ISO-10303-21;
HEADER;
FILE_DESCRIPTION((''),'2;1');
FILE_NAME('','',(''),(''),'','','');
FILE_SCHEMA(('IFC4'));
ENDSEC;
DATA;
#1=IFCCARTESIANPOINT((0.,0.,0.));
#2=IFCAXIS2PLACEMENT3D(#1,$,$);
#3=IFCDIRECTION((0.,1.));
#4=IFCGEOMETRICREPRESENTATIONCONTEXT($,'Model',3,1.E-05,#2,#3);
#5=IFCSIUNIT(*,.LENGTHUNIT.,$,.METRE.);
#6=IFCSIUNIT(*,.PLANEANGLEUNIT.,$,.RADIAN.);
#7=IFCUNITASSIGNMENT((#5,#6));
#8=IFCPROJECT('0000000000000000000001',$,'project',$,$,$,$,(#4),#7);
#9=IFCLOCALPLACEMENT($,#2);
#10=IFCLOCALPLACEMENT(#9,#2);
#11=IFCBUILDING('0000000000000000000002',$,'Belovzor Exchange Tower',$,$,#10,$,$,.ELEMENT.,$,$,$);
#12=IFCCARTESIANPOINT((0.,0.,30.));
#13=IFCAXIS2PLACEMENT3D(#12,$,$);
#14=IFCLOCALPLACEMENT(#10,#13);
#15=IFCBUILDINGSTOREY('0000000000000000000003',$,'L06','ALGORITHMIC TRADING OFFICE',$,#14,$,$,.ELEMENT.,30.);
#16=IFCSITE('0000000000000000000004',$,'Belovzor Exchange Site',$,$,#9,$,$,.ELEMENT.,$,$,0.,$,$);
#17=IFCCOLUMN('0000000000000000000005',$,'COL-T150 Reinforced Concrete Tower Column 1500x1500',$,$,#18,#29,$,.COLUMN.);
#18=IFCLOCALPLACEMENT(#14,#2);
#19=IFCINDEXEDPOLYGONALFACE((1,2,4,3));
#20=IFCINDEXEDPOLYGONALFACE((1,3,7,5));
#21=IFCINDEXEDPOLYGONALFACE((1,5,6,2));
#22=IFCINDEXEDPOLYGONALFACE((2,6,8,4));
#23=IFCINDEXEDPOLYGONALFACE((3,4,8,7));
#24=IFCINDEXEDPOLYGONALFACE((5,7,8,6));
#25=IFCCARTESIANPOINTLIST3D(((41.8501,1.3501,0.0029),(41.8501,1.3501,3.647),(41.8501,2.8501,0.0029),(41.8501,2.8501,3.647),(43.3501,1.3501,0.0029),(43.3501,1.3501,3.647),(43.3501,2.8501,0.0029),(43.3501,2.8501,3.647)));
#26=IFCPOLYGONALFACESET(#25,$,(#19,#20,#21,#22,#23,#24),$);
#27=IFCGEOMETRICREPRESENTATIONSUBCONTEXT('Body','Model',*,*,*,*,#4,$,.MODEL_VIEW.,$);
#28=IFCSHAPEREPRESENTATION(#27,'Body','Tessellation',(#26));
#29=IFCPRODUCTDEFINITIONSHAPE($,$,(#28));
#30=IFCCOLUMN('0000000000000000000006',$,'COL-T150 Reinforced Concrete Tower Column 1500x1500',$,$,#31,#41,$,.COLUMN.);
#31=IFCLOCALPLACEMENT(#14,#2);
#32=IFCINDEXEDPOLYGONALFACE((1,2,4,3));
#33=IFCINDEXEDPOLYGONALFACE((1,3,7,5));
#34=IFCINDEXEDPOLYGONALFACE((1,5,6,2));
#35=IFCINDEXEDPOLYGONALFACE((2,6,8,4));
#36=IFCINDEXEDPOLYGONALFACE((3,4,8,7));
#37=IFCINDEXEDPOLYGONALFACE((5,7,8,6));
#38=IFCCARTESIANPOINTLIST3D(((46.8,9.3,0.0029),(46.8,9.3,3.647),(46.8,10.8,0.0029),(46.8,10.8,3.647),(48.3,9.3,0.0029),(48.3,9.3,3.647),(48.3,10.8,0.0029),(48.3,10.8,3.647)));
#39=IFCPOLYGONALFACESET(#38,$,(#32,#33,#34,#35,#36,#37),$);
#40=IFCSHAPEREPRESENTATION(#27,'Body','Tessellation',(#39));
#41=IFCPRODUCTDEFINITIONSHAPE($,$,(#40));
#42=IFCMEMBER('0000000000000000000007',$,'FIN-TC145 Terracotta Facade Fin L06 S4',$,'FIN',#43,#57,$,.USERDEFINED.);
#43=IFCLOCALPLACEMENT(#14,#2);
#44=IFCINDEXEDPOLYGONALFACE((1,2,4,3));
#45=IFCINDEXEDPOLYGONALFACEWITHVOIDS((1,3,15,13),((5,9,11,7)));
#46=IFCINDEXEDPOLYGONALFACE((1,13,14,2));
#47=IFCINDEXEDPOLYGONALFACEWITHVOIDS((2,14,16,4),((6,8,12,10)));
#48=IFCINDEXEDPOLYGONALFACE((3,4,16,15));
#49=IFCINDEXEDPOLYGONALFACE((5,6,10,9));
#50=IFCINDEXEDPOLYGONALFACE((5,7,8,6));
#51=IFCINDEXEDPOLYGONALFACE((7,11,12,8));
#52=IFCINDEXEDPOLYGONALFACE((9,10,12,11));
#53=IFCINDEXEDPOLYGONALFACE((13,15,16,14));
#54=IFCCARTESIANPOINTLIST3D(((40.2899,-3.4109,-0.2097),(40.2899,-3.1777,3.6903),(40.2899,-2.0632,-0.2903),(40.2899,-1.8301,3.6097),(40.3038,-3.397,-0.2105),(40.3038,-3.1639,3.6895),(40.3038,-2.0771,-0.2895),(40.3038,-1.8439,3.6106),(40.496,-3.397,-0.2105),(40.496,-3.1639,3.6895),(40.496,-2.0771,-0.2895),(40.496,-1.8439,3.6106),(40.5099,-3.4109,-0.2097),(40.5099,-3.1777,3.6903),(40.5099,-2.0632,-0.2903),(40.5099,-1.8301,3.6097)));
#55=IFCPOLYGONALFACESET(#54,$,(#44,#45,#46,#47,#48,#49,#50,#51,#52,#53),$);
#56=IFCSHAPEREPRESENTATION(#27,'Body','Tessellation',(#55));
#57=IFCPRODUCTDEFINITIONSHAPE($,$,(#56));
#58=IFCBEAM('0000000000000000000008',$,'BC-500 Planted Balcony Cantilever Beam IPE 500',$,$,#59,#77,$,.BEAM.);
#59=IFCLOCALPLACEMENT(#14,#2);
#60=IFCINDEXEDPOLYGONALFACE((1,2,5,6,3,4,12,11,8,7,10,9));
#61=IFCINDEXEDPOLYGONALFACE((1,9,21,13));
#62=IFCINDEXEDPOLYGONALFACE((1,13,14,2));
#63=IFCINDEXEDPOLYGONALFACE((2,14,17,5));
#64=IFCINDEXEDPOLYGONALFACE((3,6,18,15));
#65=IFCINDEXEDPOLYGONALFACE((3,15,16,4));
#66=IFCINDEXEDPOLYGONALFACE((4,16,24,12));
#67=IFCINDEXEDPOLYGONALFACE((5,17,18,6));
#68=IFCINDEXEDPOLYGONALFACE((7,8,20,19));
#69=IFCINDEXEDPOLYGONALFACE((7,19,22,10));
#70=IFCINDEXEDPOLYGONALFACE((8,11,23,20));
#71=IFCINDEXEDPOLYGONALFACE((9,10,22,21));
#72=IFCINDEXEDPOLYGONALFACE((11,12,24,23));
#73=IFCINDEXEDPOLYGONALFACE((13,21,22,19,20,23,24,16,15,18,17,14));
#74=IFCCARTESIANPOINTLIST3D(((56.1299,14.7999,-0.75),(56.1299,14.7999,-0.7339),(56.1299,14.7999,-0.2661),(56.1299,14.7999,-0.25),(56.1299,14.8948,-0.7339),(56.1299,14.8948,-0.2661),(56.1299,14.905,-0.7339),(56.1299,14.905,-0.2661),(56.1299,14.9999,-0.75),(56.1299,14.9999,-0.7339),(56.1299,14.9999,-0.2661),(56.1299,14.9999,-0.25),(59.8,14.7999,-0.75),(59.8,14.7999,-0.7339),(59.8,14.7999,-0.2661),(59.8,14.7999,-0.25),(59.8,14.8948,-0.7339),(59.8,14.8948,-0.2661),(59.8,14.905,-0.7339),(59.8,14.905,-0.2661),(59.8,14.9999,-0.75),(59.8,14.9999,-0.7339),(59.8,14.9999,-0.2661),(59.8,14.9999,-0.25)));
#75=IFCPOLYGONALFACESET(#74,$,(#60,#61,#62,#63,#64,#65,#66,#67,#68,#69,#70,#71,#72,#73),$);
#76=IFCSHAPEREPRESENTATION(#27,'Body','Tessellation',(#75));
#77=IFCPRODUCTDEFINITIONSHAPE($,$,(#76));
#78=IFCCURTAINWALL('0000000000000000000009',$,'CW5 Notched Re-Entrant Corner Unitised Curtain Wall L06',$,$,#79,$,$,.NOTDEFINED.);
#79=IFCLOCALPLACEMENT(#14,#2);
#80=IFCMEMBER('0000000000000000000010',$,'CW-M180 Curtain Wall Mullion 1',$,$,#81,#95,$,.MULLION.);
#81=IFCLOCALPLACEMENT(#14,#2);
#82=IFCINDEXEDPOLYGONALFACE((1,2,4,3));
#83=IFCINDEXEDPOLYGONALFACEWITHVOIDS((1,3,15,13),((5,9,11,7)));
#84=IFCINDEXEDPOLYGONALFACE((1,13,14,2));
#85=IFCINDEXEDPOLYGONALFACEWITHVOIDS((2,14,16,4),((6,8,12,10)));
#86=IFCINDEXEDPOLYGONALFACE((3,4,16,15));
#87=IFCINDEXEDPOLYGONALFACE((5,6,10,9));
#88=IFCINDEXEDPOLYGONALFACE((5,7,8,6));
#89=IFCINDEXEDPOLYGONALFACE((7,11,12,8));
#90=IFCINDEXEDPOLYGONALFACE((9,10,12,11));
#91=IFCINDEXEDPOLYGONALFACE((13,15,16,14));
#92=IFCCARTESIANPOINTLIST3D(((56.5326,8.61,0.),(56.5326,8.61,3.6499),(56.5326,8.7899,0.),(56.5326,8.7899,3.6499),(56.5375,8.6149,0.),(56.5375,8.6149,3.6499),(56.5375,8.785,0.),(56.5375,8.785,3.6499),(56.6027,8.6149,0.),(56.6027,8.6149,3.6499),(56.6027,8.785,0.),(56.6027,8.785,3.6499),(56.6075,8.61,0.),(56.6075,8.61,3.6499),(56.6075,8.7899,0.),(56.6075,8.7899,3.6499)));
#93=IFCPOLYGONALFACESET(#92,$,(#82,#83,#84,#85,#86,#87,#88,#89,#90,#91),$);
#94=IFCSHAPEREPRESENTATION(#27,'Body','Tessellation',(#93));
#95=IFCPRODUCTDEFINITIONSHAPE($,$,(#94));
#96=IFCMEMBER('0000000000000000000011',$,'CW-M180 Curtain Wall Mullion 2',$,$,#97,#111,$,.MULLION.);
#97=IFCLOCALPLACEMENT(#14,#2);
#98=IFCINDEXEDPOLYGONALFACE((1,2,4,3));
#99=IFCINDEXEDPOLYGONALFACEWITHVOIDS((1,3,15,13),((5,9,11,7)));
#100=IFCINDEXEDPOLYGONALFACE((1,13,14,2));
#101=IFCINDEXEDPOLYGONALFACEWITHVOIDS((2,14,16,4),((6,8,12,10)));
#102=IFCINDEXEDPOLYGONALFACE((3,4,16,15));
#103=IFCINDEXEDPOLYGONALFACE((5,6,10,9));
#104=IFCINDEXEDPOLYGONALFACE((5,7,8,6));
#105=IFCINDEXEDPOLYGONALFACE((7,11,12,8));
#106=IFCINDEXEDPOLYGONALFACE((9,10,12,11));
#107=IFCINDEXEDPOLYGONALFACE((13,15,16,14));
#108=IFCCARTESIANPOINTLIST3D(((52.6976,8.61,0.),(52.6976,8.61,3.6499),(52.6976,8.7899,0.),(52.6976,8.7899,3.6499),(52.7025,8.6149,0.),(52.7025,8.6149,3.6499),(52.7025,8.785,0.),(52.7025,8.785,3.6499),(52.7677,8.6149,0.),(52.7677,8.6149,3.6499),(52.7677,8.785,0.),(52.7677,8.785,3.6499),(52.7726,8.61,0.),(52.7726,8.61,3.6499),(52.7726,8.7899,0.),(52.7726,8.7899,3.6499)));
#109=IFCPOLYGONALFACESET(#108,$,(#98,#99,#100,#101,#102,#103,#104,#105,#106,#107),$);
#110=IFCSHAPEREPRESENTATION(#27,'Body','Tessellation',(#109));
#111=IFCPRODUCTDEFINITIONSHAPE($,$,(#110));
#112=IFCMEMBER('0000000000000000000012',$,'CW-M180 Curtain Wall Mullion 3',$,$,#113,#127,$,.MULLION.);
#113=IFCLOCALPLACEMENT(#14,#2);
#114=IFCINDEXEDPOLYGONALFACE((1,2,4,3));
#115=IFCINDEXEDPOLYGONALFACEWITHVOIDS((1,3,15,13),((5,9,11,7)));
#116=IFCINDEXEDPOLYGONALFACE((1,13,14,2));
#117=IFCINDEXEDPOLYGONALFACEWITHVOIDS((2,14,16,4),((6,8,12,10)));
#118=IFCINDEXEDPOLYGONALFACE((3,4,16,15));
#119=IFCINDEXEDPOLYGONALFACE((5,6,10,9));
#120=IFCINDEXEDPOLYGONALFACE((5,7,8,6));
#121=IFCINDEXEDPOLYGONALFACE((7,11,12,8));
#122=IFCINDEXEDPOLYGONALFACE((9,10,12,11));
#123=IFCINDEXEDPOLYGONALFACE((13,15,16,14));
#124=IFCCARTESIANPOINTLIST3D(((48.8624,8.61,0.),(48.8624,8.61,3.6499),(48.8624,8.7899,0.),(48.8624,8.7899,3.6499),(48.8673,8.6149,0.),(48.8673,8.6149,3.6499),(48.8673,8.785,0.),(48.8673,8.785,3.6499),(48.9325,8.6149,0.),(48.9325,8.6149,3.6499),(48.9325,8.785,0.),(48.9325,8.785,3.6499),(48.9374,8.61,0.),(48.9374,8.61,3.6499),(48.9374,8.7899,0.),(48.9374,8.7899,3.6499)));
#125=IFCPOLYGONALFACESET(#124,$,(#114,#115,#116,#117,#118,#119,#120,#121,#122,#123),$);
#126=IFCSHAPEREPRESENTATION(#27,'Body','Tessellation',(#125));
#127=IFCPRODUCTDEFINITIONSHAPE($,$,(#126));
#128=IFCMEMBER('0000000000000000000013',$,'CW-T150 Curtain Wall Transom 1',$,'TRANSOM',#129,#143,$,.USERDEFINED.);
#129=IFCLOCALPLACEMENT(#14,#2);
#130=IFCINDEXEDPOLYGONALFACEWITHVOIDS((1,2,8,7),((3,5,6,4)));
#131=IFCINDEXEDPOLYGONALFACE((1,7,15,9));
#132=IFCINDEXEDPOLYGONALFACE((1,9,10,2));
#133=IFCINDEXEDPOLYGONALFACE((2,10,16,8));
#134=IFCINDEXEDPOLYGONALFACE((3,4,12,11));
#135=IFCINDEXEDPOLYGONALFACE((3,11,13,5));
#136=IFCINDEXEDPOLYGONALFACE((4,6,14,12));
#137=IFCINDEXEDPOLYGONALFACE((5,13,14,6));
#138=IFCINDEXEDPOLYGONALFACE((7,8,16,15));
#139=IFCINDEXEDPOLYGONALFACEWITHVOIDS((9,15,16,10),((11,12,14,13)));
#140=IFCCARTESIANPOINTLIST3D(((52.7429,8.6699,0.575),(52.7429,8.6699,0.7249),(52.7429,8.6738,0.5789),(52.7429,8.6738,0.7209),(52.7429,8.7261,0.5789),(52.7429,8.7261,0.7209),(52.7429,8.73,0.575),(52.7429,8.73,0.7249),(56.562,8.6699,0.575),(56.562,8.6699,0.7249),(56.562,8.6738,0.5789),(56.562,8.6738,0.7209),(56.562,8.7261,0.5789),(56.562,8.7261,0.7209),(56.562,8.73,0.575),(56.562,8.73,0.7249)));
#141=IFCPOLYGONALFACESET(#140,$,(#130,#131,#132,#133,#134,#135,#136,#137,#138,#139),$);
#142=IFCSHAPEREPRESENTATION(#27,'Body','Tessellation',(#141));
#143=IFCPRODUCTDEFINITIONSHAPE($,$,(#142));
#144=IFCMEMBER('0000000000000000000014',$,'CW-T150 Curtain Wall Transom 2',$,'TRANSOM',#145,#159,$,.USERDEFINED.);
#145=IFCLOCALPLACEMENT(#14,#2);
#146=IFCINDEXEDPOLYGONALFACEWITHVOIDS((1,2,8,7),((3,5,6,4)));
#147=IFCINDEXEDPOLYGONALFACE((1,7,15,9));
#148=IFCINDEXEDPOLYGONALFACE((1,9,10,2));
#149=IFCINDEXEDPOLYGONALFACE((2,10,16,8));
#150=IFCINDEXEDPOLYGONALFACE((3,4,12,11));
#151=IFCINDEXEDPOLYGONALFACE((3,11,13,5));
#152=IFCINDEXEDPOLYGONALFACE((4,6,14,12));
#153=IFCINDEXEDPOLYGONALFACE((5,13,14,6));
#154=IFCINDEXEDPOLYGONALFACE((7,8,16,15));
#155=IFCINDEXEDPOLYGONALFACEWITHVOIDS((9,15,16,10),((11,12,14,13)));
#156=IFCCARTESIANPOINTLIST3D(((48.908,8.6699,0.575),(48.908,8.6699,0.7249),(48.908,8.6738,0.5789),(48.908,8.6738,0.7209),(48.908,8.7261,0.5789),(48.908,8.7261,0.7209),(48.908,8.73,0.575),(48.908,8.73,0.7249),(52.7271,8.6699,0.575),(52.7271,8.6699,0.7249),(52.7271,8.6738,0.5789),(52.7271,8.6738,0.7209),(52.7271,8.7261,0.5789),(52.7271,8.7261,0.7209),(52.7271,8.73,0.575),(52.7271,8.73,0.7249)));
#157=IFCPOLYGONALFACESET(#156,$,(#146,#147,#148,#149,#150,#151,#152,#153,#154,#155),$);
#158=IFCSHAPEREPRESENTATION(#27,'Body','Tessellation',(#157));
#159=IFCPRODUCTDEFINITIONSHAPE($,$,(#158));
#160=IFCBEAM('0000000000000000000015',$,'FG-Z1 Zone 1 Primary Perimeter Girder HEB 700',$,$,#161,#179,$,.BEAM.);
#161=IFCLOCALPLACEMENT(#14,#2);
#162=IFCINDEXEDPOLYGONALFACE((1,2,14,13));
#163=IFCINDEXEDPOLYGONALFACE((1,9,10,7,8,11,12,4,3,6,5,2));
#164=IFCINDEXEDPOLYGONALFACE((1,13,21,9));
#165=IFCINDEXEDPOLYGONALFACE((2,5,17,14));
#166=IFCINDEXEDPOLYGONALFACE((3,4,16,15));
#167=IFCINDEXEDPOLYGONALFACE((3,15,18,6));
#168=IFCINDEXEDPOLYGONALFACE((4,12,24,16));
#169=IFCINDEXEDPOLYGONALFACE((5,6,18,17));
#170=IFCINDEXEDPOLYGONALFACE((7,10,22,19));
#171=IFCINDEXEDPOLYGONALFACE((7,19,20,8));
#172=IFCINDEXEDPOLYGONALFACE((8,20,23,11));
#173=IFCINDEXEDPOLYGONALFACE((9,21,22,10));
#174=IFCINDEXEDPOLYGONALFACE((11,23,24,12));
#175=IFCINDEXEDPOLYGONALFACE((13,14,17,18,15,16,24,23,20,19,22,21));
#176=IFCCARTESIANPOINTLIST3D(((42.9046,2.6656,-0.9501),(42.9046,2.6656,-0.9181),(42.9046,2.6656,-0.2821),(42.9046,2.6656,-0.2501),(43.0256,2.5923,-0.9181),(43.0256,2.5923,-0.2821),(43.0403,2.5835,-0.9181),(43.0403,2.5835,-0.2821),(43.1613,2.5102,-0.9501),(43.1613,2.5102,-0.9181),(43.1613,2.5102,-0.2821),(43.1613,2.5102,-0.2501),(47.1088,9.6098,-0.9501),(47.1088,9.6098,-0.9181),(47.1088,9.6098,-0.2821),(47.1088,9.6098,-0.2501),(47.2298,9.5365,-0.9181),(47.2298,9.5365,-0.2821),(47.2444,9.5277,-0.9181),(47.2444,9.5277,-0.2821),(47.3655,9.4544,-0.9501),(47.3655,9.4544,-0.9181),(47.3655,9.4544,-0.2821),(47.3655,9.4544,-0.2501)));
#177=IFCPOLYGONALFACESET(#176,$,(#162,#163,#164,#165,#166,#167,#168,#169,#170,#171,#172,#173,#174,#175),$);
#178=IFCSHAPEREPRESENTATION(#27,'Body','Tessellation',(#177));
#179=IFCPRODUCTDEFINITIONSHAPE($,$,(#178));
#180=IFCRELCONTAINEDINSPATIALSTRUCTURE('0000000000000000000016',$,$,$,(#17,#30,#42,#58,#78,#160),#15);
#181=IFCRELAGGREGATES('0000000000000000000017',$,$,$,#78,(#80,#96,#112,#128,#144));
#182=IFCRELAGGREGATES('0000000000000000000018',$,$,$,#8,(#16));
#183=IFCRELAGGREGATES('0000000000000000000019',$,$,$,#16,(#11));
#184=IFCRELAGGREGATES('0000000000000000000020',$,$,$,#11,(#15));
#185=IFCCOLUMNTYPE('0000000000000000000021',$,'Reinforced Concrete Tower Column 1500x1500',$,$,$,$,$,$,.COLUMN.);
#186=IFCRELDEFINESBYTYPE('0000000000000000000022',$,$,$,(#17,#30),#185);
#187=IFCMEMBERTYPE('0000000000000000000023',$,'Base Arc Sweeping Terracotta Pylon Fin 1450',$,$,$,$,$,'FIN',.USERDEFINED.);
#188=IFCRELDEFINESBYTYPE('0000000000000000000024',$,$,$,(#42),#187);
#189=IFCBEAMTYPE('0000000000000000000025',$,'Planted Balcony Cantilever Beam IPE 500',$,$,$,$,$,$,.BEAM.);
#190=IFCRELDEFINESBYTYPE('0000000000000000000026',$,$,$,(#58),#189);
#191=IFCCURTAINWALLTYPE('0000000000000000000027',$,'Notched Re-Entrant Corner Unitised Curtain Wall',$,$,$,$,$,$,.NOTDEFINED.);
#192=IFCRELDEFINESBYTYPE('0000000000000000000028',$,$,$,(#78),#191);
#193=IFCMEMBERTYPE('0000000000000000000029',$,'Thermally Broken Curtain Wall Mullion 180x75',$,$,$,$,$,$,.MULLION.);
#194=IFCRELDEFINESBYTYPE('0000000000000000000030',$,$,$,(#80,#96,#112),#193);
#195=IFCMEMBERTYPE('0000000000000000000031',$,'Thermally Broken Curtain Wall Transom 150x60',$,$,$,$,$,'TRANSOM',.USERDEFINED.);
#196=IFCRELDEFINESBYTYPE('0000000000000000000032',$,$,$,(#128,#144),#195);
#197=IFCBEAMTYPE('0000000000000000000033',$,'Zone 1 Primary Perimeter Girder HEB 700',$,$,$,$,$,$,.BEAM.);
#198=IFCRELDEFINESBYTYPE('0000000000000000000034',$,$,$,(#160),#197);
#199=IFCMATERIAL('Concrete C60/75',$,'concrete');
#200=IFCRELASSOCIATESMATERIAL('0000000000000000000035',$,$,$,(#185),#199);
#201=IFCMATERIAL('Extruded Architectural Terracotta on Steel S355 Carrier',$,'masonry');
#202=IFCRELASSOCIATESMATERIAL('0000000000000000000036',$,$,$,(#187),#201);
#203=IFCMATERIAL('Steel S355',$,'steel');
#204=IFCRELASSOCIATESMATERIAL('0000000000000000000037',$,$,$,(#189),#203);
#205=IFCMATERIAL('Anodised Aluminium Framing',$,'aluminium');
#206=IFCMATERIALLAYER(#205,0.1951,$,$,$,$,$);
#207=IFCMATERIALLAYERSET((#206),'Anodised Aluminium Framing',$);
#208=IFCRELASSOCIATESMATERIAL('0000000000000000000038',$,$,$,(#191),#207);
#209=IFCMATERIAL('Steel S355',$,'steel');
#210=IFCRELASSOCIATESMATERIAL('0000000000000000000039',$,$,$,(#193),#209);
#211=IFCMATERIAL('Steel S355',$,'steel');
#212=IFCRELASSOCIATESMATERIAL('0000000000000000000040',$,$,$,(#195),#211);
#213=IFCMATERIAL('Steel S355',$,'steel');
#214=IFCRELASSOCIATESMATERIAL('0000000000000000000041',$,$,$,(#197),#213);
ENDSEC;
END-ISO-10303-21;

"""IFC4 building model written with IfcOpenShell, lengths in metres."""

from ifc_helpers import new_model, si_unit, direction, frame, origin, origin_2d, place, context, subcontext, project, spatial, rectangle, hollow_rectangle, i_section, extrude, material, layer, layer_set, material_profile, profile_set, type_object, element, aggregate, save


model = new_model("IFC4")

# Units and contexts
model_context = context("Model", 3, precision=1e-05, world=origin(), true_north=direction((0.0, 1.0)))
body_context = subcontext(model_context, "Body", "Model", "MODEL_VIEW")
ifc_project = project(units=[si_unit("LENGTHUNIT", "METRE"), si_unit("PLANEANGLEUNIT", "RADIAN")], contexts=[model_context])

# Site, building, storey
site_placement = place(None, origin())
site = spatial("IfcSite", under=ifc_project, at=site_placement, Name="Belovzor Exchange Site", CompositionType="ELEMENT", RefElevation=0.0)
building_placement = place(site_placement, origin())
building = spatial("IfcBuilding", under=site, at=building_placement, Name="Belovzor Exchange Tower", CompositionType="ELEMENT")
storey_placement = place(building_placement, frame((0.0, 0.0, 30.0)))
storey = spatial("IfcBuildingStorey", under=building, at=storey_placement, Name="L06", Description="ALGORITHMIC TRADING OFFICE", CompositionType="ELEMENT", Elevation=30.0)

# Columns
ifc_material_1 = material(Name="Concrete C60/75", Category="concrete")
ifc_material_profile_1 = material_profile(ifc_material_1, rectangle(XDim=1.5, YDim=1.5, at=origin_2d()))
ifc_profile_set_1 = profile_set([ifc_material_profile_1], Name="Concrete C60/75")
column_type = type_object("IfcColumnType", Name="Reinforced Concrete Tower Column 1500x1500", PredefinedType="COLUMN", material=ifc_profile_set_1)
for number, where, z_axis, x_axis, name in (
    (1, (42.6001, 2.1001, 0.0029), (0.0, 0.0, 1.0), (1.0, 0.0, 0.0), "COL-T150 Reinforced Concrete Tower Column 1500x1500"),
    (2, (47.55, 10.05, 0.0029), (0.0, 0.0, 1.0), (1.0, 0.0, 0.0), "COL-T150 Reinforced Concrete Tower Column 1500x1500"),
):
    element("IfcColumn", number, at=place(storey_placement, frame(where, z_axis=z_axis, x_axis=x_axis)), inside=storey, type_object=column_type, Name=name, PredefinedType="COLUMN", context=body_context, shape_type="SweptSolid", body=[
        extrude(rectangle(XDim=1.5, YDim=1.5, at=origin_2d()), origin(), (0.0, 0.0, 1.0), 3.644),
    ])

# Member
ifc_material_2 = material(Name="Extruded Architectural Terracotta on Steel S355 Carrier", Category="masonry")
ifc_material_profile_2 = material_profile(ifc_material_2, hollow_rectangle(XDim=0.22, YDim=1.3501, WallThickness=0.0139, at=origin_2d()))
ifc_profile_set_2 = profile_set([ifc_material_profile_2], Name="Extruded Architectural Terracotta on Steel S355 Carrier")
member_type_1 = type_object("IfcMemberType", Name="Base Arc Sweeping Terracotta Pylon Fin 1450", ElementType="FIN", PredefinedType="USERDEFINED", material=ifc_profile_set_2)
member_1_placement = place(storey_placement, frame((40.3999, -2.7371, -0.25), z_axis=(0.0, 0.059678, 0.998218), x_axis=(-1.0, 0.0, 0.0)))
element("IfcMember", 3, at=member_1_placement, inside=storey, type_object=member_type_1, Name="FIN-TC145 Terracotta Facade Fin L06 S4", ObjectType="FIN", PredefinedType="USERDEFINED", context=body_context, shape_type="SweptSolid", body=[
    extrude(hollow_rectangle(XDim=0.22, YDim=1.3501, WallThickness=0.0139, at=origin_2d()), origin(), (0.0, 0.0, 1.0), 3.907),
])

# Beam
ifc_material_3 = material(Name="Steel S355", Category="steel")
ifc_material_profile_3 = material_profile(ifc_material_3, i_section(OverallWidth=0.2, OverallDepth=0.5, WebThickness=0.0103, FlangeThickness=0.0161, at=origin_2d()))
ifc_profile_set_3 = profile_set([ifc_material_profile_3], Name="Steel S355")
beam_type_1 = type_object("IfcBeamType", Name="Planted Balcony Cantilever Beam IPE 500", PredefinedType="BEAM", material=ifc_profile_set_3)
beam_1_placement = place(storey_placement, frame((56.1299, 14.8999, -0.5), z_axis=(1.0, 0.0, 0.0), x_axis=(0.0, 1.0, 0.0)))
element("IfcBeam", 4, at=beam_1_placement, inside=storey, type_object=beam_type_1, Name="BC-500 Planted Balcony Cantilever Beam IPE 500", PredefinedType="BEAM", context=body_context, shape_type="SweptSolid", body=[
    extrude(i_section(OverallWidth=0.2, OverallDepth=0.5, WebThickness=0.0103, FlangeThickness=0.0161, at=origin_2d()), origin(), (0.0, 0.0, 1.0), 3.6702),
])

# Curtain wall, members
ifc_material_4 = material(Name="Anodised Aluminium Framing", Category="aluminium")
ifc_layer_1 = layer(ifc_material_4, 0.1951)
ifc_layer_set_1 = layer_set([ifc_layer_1], Name="Anodised Aluminium Framing")
curtain_wall_type = type_object("IfcCurtainWallType", Name="Notched Re-Entrant Corner Unitised Curtain Wall", PredefinedType="NOTDEFINED", material=ifc_layer_set_1)
curtain_wall_placement = place(storey_placement, origin())
curtain_wall = element("IfcCurtainWall", 5, at=curtain_wall_placement, inside=storey, type_object=curtain_wall_type, Name="CW5 Notched Re-Entrant Corner Unitised Curtain Wall L06", PredefinedType="NOTDEFINED")
ifc_material_5 = material(Name="Steel S355", Category="steel")
ifc_material_profile_4 = material_profile(ifc_material_5, hollow_rectangle(XDim=0.075, YDim=0.1799, WallThickness=0.0049, at=origin_2d()))
ifc_profile_set_4 = profile_set([ifc_material_profile_4], Name="Steel S355")
member_type_2 = type_object("IfcMemberType", Name="Thermally Broken Curtain Wall Mullion 180x75", PredefinedType="MULLION", material=ifc_profile_set_4)
member_2_placement = place(storey_placement, frame((56.5701, 8.7, 0.0), z_axis=(0.0, 0.0, 1.0), x_axis=(-1.0, 0.0, 0.0)))
member_2 = element("IfcMember", 6, at=member_2_placement, type_object=member_type_2, Name="CW-M180 Curtain Wall Mullion 1", PredefinedType="MULLION", context=body_context, shape_type="SweptSolid", body=[
    extrude(hollow_rectangle(XDim=0.075, YDim=0.1799, WallThickness=0.0049, at=origin_2d()), origin(), (0.0, 0.0, 1.0), 3.6499),
])
member_3_placement = place(storey_placement, frame((52.7351, 8.7, 0.0), z_axis=(0.0, 0.0, 1.0), x_axis=(-1.0, 0.0, 0.0)))
member_3 = element("IfcMember", 7, at=member_3_placement, type_object=member_type_2, Name="CW-M180 Curtain Wall Mullion 2", PredefinedType="MULLION", context=body_context, shape_type="SweptSolid", body=[
    extrude(hollow_rectangle(XDim=0.075, YDim=0.1799, WallThickness=0.0049, at=origin_2d()), origin(), (0.0, 0.0, 1.0), 3.6499),
])
member_4_placement = place(storey_placement, frame((48.8999, 8.7, 0.0), z_axis=(0.0, 0.0, 1.0), x_axis=(-1.0, 0.0, 0.0)))
member_4 = element("IfcMember", 8, at=member_4_placement, type_object=member_type_2, Name="CW-M180 Curtain Wall Mullion 3", PredefinedType="MULLION", context=body_context, shape_type="SweptSolid", body=[
    extrude(hollow_rectangle(XDim=0.075, YDim=0.1799, WallThickness=0.0049, at=origin_2d()), origin(), (0.0, 0.0, 1.0), 3.6499),
])
ifc_material_6 = material(Name="Steel S355", Category="steel")
ifc_material_profile_5 = material_profile(ifc_material_6, hollow_rectangle(XDim=0.0601, YDim=0.1499, WallThickness=0.0039, at=origin_2d()))
ifc_profile_set_5 = profile_set([ifc_material_profile_5], Name="Steel S355")
member_type_3 = type_object("IfcMemberType", Name="Thermally Broken Curtain Wall Transom 150x60", ElementType="TRANSOM", PredefinedType="USERDEFINED", material=ifc_profile_set_5)
member_5_placement = place(storey_placement, frame((56.562, 8.7, 0.6499), z_axis=(-1.0, 0.0, 0.0), x_axis=(0.0, -1.0, 0.0)))
member_5 = element("IfcMember", 9, at=member_5_placement, type_object=member_type_3, Name="CW-T150 Curtain Wall Transom 1", ObjectType="TRANSOM", PredefinedType="USERDEFINED", context=body_context, shape_type="SweptSolid", body=[
    extrude(hollow_rectangle(XDim=0.0601, YDim=0.1499, WallThickness=0.0039, at=origin_2d()), origin(), (0.0, 0.0, 1.0), 3.8191),
])
member_6_placement = place(storey_placement, frame((52.7271, 8.7, 0.6499), z_axis=(-1.0, 0.0, 0.0), x_axis=(0.0, -1.0, 0.0)))
member_6 = element("IfcMember", 10, at=member_6_placement, type_object=member_type_3, Name="CW-T150 Curtain Wall Transom 2", ObjectType="TRANSOM", PredefinedType="USERDEFINED", context=body_context, shape_type="SweptSolid", body=[
    extrude(hollow_rectangle(XDim=0.0601, YDim=0.1499, WallThickness=0.0039, at=origin_2d()), origin(), (0.0, 0.0, 1.0), 3.8191),
])

# Beam
ifc_material_7 = material(Name="Steel S355", Category="steel")
ifc_material_profile_6 = material_profile(ifc_material_7, i_section(OverallWidth=0.3, OverallDepth=0.7, WebThickness=0.0171, FlangeThickness=0.032, at=origin_2d()))
ifc_profile_set_6 = profile_set([ifc_material_profile_6], Name="Steel S355")
beam_type_2 = type_object("IfcBeamType", Name="Zone 1 Primary Perimeter Girder HEB 700", PredefinedType="BEAM", material=ifc_profile_set_6)
beam_2_placement = place(storey_placement, frame((43.033, 2.5879, -0.6001), z_axis=(0.517902, 0.85544, 0.0), x_axis=(-0.85544, 0.517902, 0.0)))
element("IfcBeam", 11, at=beam_2_placement, inside=storey, type_object=beam_type_2, Name="FG-Z1 Zone 1 Primary Perimeter Girder HEB 700", PredefinedType="BEAM", context=body_context, shape_type="SweptSolid", body=[
    extrude(i_section(OverallWidth=0.3, OverallDepth=0.7, WebThickness=0.0171, FlangeThickness=0.032, at=origin_2d()), origin(), (0.0, 0.0, 1.0), 8.1177),
])

aggregate(curtain_wall, [member_2, member_3, member_4, member_5, member_6])

save(model, "model.ifc")
